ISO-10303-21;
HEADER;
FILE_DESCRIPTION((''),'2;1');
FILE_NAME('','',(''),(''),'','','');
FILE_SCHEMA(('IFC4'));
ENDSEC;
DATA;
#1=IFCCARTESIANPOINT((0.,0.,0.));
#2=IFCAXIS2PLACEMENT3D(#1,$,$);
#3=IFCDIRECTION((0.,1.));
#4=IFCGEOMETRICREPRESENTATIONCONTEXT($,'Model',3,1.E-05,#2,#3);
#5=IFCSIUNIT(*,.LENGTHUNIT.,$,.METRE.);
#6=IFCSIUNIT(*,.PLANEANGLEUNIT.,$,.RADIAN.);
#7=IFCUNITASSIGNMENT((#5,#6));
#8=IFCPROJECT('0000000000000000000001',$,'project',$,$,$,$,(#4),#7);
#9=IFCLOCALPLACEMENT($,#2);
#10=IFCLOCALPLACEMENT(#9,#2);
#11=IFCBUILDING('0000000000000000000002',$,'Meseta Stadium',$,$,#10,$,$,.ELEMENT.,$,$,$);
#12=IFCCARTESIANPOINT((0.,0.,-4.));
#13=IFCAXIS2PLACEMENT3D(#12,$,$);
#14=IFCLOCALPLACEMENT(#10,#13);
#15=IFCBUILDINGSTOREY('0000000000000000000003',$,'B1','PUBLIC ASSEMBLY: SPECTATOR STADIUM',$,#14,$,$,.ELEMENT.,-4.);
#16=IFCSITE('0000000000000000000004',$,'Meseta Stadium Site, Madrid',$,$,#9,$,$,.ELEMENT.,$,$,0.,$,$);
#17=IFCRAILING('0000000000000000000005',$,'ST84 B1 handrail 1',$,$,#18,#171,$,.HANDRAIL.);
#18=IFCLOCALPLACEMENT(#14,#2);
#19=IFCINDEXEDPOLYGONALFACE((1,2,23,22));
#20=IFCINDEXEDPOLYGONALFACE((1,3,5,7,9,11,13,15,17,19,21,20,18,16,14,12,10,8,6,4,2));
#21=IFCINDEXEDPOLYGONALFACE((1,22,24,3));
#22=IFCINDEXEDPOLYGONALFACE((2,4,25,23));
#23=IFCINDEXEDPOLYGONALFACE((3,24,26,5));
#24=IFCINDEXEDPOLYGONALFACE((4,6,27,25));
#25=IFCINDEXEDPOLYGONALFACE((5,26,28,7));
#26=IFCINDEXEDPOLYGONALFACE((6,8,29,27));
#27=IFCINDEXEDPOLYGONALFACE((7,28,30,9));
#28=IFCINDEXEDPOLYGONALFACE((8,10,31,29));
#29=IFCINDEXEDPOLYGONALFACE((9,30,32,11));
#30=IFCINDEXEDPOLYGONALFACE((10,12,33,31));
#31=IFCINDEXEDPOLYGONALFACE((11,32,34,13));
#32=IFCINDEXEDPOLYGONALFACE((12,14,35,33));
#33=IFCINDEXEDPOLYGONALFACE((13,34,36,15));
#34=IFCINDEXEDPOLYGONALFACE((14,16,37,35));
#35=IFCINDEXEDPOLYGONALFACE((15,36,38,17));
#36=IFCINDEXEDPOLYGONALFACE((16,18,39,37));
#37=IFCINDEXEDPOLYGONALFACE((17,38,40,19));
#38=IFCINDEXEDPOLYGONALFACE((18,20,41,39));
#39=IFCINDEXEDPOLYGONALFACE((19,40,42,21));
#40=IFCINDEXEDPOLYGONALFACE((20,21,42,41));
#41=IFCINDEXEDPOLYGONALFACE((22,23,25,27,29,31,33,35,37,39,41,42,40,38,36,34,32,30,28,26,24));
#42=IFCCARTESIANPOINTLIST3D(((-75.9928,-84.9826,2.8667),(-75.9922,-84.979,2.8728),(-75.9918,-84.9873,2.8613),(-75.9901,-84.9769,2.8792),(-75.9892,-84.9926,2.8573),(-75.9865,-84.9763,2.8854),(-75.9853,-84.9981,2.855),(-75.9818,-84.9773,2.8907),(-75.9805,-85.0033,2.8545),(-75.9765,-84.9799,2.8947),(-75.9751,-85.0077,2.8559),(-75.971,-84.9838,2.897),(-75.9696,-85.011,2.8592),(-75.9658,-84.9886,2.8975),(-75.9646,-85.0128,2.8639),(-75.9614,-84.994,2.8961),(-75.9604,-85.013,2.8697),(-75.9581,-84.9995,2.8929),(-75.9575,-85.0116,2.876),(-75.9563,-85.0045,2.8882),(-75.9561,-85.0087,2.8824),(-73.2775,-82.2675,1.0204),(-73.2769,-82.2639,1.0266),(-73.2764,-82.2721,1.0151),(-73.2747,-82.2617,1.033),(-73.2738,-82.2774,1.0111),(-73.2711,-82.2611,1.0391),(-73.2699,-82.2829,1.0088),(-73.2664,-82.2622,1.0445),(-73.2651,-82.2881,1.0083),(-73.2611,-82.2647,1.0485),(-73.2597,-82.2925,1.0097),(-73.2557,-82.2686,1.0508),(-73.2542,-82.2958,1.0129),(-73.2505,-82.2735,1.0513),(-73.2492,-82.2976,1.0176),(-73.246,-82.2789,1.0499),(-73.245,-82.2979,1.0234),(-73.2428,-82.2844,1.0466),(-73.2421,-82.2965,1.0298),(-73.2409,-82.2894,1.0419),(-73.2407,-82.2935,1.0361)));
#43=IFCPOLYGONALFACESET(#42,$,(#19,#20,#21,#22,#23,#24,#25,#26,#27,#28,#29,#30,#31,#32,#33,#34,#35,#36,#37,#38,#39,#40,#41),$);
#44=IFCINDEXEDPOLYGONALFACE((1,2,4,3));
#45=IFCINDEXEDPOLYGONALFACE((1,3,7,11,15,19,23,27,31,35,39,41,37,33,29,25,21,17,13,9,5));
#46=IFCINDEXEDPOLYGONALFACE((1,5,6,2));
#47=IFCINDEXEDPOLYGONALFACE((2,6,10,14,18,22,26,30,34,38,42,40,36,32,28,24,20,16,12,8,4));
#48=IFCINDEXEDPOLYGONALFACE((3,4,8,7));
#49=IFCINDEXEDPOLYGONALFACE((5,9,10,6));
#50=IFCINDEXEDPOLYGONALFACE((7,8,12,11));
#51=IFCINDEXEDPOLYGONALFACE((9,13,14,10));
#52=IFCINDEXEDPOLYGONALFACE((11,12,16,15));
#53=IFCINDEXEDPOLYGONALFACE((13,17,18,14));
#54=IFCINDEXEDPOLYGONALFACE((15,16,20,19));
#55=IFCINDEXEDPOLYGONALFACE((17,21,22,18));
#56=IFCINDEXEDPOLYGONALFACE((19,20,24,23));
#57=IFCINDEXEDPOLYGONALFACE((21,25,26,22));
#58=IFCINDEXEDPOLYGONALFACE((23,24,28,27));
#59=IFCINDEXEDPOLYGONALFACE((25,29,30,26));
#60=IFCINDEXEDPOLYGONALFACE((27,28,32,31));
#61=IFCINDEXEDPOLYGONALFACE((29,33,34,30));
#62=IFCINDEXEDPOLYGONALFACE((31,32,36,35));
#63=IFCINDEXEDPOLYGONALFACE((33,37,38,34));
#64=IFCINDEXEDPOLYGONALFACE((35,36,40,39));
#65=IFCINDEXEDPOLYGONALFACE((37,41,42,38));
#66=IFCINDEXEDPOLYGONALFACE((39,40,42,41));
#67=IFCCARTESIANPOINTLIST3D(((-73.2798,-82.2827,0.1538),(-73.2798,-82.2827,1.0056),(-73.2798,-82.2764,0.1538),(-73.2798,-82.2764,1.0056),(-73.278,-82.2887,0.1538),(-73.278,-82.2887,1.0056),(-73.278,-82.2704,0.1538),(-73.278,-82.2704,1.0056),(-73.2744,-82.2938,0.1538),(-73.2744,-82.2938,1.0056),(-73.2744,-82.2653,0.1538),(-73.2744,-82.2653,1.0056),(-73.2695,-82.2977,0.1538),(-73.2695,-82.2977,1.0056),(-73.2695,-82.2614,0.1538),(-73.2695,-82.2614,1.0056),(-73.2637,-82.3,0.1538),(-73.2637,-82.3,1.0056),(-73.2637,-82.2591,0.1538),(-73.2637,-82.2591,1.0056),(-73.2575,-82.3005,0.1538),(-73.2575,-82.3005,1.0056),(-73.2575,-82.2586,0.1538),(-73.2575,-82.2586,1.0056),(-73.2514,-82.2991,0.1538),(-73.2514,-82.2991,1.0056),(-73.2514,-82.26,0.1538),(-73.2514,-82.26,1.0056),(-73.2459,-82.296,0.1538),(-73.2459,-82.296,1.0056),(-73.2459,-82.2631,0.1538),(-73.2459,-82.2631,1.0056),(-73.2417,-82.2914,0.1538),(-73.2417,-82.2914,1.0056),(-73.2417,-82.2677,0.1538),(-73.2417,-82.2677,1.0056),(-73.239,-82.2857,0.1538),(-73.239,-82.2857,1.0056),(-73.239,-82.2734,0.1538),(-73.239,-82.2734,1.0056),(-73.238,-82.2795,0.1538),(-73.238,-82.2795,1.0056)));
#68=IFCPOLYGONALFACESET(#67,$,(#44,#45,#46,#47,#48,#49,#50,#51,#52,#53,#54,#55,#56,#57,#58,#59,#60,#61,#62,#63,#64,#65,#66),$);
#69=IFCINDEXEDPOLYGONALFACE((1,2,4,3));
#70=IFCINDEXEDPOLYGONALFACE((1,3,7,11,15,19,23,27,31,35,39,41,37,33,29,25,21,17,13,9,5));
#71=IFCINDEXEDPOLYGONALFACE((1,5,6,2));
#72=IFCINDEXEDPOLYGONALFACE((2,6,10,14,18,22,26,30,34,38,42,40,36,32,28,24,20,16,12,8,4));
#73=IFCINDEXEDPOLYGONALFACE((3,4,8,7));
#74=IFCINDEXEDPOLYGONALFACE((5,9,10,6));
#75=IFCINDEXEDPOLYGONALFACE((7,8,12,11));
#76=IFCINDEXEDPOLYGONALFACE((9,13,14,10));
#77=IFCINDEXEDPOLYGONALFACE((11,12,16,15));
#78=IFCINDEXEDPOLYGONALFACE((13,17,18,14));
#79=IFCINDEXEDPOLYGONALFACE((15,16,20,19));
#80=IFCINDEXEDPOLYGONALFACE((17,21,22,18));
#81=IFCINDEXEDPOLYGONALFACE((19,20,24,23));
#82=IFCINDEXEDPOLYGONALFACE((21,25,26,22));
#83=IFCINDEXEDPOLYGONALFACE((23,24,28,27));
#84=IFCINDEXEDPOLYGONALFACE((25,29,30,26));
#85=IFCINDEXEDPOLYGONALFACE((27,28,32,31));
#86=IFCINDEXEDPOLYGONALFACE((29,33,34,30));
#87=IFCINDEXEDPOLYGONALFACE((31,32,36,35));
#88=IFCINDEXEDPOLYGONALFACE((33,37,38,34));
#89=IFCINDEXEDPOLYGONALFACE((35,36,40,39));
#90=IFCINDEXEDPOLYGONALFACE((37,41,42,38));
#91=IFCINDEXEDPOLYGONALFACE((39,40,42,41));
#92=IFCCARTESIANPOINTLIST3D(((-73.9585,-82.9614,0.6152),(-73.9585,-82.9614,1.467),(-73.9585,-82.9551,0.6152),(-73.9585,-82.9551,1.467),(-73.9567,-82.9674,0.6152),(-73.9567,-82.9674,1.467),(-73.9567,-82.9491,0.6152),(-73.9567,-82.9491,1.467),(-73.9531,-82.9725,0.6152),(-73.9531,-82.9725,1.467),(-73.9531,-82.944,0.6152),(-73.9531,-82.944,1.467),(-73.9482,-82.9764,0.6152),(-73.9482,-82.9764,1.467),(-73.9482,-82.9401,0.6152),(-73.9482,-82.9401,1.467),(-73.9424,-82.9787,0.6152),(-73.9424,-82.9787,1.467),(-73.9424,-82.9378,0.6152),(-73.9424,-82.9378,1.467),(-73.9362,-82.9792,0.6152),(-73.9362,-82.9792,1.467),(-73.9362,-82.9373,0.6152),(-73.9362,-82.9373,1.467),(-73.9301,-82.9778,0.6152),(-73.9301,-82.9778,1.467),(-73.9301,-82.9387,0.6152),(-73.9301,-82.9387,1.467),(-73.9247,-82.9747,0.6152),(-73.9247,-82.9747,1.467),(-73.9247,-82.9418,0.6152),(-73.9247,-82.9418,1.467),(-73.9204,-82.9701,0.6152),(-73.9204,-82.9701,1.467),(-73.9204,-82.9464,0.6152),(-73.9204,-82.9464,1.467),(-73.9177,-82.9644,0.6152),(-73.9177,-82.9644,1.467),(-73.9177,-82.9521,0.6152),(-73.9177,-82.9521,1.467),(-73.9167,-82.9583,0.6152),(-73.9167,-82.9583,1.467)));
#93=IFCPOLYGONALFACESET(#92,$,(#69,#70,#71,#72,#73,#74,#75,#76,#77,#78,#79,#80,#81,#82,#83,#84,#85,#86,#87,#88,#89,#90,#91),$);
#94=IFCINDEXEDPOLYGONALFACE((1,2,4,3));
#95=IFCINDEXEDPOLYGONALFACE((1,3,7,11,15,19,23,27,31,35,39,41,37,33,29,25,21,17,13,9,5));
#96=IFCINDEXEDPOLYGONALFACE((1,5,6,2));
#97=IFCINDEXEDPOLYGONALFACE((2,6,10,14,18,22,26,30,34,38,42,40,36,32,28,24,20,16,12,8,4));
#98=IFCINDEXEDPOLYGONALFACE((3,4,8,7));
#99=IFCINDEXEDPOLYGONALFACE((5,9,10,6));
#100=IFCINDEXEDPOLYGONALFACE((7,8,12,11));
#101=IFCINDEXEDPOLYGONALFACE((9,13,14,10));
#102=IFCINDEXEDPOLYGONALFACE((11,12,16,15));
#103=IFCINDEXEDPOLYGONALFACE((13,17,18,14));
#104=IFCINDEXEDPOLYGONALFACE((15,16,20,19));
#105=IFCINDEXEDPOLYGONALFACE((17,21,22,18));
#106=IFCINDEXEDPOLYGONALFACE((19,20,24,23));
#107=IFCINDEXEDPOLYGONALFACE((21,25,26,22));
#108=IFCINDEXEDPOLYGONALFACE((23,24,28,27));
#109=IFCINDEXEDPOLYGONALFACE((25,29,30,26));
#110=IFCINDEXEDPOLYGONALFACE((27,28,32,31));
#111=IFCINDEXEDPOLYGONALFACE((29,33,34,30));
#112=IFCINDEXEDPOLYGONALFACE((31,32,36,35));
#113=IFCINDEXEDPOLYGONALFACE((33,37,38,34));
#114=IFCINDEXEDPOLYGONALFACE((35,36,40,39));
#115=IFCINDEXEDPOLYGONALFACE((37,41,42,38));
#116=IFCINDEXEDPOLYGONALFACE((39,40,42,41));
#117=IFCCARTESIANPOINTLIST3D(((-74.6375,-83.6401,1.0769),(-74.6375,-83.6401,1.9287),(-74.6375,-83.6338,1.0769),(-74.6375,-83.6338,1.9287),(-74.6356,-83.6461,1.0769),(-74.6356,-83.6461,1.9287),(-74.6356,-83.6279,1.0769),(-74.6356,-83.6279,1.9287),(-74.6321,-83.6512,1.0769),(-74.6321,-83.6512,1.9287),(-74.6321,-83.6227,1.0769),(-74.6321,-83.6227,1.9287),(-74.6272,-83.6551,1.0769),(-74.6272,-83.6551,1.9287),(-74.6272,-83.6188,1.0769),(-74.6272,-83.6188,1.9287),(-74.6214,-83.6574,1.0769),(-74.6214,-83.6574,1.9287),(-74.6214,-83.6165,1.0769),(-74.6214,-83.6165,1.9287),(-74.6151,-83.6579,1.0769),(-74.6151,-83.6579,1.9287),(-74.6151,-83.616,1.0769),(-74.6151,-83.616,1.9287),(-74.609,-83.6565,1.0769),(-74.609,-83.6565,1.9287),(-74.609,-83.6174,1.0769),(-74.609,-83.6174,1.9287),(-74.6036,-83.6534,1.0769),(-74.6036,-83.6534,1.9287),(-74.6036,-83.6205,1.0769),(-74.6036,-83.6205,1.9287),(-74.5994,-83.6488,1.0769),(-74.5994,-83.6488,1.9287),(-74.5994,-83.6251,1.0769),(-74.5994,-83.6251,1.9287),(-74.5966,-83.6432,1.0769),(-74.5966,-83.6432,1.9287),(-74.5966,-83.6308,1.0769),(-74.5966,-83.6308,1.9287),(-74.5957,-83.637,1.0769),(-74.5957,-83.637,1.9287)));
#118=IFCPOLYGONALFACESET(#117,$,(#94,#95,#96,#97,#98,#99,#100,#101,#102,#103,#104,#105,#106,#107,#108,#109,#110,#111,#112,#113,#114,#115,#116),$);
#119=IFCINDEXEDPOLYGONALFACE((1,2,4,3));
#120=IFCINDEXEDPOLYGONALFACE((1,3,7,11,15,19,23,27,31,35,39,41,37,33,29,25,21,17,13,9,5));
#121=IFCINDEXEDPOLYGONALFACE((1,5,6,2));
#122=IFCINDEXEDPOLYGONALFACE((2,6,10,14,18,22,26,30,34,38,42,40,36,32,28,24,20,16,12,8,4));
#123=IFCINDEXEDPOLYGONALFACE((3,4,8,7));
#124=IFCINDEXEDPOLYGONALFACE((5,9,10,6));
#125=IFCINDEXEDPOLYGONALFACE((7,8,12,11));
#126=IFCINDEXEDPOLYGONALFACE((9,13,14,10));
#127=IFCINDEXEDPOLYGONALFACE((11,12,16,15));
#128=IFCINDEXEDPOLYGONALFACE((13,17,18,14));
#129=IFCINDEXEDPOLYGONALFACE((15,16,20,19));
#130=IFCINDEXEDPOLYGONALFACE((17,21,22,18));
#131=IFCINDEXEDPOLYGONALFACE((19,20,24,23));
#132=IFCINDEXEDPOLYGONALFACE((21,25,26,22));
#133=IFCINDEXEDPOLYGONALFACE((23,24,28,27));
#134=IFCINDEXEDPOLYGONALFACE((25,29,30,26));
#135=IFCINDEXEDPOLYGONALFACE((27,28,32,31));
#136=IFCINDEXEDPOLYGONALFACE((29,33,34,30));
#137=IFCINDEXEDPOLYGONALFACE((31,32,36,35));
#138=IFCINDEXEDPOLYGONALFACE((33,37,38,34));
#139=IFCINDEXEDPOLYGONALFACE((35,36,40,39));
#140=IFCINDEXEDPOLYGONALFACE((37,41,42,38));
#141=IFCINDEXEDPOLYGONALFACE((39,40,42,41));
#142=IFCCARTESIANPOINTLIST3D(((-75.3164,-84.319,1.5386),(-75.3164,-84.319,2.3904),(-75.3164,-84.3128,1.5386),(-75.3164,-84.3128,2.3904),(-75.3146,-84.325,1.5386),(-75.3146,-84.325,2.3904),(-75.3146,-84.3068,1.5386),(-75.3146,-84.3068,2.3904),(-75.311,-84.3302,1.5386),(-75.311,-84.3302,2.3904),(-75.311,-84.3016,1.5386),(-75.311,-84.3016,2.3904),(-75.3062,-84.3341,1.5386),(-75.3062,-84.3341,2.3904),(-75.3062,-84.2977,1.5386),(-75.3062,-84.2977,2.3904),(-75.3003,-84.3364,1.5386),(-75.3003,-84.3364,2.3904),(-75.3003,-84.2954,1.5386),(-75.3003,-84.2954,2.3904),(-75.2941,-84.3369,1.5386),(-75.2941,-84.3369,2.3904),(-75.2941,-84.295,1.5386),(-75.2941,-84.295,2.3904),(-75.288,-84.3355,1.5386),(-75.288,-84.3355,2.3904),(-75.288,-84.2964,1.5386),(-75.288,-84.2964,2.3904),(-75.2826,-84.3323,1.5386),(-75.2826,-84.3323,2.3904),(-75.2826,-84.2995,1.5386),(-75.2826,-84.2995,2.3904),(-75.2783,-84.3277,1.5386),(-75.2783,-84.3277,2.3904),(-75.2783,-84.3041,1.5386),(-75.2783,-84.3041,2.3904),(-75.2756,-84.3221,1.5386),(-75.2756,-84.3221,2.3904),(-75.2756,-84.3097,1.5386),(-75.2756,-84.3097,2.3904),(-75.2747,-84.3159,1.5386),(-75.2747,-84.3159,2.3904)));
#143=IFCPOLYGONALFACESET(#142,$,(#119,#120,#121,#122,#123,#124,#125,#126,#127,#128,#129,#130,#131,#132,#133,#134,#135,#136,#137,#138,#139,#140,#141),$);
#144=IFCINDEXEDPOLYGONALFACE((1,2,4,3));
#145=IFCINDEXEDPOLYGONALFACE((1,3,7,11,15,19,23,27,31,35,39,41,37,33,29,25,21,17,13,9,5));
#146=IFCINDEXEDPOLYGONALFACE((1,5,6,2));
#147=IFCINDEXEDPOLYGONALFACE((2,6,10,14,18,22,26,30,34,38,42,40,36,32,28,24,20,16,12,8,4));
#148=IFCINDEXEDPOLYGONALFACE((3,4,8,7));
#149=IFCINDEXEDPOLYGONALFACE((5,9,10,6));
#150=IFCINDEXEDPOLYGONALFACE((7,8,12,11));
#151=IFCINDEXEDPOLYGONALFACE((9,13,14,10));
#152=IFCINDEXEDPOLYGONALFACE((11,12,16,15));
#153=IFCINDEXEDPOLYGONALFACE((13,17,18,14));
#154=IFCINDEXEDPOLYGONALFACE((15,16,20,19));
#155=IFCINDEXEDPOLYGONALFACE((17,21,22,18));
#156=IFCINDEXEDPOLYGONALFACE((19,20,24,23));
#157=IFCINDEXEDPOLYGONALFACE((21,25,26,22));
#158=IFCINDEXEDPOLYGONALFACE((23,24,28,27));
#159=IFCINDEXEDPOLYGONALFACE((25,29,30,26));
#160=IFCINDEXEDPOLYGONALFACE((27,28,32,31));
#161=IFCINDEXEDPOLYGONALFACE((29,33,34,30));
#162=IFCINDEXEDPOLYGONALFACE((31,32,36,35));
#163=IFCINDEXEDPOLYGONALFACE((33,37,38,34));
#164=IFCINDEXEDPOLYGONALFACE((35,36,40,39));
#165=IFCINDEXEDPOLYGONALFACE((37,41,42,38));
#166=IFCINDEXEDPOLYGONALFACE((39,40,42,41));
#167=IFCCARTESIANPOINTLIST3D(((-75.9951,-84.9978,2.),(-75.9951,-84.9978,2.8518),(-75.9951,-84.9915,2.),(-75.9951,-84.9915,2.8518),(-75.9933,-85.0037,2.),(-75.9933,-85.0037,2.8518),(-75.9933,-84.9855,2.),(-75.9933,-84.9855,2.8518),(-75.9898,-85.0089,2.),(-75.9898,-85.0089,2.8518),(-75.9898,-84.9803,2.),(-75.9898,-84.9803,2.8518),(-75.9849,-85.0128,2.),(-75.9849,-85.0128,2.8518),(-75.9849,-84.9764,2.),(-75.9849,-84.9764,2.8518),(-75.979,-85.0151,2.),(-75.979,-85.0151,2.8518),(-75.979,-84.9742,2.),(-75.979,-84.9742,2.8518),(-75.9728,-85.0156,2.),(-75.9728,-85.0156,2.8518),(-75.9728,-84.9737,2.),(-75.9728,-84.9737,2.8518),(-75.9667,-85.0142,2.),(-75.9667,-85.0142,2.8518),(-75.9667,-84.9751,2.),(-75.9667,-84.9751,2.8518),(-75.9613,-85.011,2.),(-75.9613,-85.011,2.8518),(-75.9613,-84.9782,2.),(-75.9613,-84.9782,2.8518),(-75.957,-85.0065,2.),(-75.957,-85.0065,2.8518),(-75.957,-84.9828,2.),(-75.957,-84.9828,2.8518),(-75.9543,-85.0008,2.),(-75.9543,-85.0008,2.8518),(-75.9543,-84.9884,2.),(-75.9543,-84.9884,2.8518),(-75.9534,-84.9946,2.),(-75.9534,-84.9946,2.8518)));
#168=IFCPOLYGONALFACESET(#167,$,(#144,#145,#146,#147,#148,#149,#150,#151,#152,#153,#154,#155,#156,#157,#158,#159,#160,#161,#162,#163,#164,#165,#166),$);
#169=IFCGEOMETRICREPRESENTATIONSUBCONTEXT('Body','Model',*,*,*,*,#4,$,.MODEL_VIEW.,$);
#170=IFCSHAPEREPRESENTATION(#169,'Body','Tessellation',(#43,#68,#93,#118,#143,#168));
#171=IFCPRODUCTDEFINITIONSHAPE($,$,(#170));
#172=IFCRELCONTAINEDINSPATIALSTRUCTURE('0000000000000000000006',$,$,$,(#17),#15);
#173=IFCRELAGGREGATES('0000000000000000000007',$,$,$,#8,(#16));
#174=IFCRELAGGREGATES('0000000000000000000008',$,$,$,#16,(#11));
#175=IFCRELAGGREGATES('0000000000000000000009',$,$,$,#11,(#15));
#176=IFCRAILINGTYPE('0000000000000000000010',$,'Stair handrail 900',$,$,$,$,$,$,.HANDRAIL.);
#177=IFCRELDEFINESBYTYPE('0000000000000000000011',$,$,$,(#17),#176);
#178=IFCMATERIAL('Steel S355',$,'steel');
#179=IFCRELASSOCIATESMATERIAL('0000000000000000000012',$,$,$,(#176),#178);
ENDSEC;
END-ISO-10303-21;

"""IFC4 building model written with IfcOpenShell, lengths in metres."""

from ifc_helpers import new_model, si_unit, direction, frame, origin, origin_2d, place, context, subcontext, project, spatial, circle, extrude, material, type_object, element, save


model = new_model("IFC4")

# Units and contexts
model_context = context("Model", 3, precision=1e-05, world=origin(), true_north=direction((0.0, 1.0)))
body_context = subcontext(model_context, "Body", "Model", "MODEL_VIEW")
ifc_project = project(units=[si_unit("LENGTHUNIT", "METRE"), si_unit("PLANEANGLEUNIT", "RADIAN")], contexts=[model_context])

# Site, building, storey
site_placement = place(None, origin())
site = spatial("IfcSite", under=ifc_project, at=site_placement, Name="Meseta Stadium Site, Madrid", CompositionType="ELEMENT", RefElevation=0.0)
building_placement = place(site_placement, origin())
building = spatial("IfcBuilding", under=site, at=building_placement, Name="Meseta Stadium", CompositionType="ELEMENT")
storey_placement = place(building_placement, frame((0.0, 0.0, -4.0)))
storey = spatial("IfcBuildingStorey", under=building, at=storey_placement, Name="B1", Description="PUBLIC ASSEMBLY: SPECTATOR STADIUM", CompositionType="ELEMENT", Elevation=-4.0)

# Railing
ifc_material_1 = material(Name="Steel S355", Category="steel")
railing_type_1 = type_object("IfcRailingType", Name="Stair handrail 900", PredefinedType="HANDRAIL", material=ifc_material_1)
railing_1_placement = place(storey_placement, frame((-73.259, -82.2795, 0.1538)))
element("IfcRailing", 1, at=railing_1_placement, inside=storey, type_object=railing_type_1, Name="ST84 B1 handrail 1", PredefinedType="HANDRAIL", context=body_context, shape_type="SweptSolid", body=[
    extrude(circle(Radius=0.0239, at=origin_2d()), frame((0.0, 0.0, 0.876), z_axis=(-0.637304, -0.637247, 0.433312), x_axis=(0.707075, -0.707139, 0.0)), (0.0, 0.0, 1.0), 4.2607),
    extrude(circle(Radius=0.021, at=origin_2d()), origin(), (0.0, 0.0, 1.0), 0.8518),
    extrude(circle(Radius=0.021, at=origin_2d()), frame((-0.6787, -0.6787, 0.4614)), (0.0, 0.0, 1.0), 0.8518),
    extrude(circle(Radius=0.021, at=origin_2d()), frame((-1.3577, -1.3574, 0.9231)), (0.0, 0.0, 1.0), 0.8518),
    extrude(circle(Radius=0.021, at=origin_2d()), frame((-2.0366, -2.0364, 1.3848)), (0.0, 0.0, 1.0), 0.8518),
    extrude(circle(Radius=0.021, at=origin_2d()), frame((-2.7153, -2.7151, 1.8462)), (0.0, 0.0, 1.0), 0.8518),
])

save(model, "model.ifc")
